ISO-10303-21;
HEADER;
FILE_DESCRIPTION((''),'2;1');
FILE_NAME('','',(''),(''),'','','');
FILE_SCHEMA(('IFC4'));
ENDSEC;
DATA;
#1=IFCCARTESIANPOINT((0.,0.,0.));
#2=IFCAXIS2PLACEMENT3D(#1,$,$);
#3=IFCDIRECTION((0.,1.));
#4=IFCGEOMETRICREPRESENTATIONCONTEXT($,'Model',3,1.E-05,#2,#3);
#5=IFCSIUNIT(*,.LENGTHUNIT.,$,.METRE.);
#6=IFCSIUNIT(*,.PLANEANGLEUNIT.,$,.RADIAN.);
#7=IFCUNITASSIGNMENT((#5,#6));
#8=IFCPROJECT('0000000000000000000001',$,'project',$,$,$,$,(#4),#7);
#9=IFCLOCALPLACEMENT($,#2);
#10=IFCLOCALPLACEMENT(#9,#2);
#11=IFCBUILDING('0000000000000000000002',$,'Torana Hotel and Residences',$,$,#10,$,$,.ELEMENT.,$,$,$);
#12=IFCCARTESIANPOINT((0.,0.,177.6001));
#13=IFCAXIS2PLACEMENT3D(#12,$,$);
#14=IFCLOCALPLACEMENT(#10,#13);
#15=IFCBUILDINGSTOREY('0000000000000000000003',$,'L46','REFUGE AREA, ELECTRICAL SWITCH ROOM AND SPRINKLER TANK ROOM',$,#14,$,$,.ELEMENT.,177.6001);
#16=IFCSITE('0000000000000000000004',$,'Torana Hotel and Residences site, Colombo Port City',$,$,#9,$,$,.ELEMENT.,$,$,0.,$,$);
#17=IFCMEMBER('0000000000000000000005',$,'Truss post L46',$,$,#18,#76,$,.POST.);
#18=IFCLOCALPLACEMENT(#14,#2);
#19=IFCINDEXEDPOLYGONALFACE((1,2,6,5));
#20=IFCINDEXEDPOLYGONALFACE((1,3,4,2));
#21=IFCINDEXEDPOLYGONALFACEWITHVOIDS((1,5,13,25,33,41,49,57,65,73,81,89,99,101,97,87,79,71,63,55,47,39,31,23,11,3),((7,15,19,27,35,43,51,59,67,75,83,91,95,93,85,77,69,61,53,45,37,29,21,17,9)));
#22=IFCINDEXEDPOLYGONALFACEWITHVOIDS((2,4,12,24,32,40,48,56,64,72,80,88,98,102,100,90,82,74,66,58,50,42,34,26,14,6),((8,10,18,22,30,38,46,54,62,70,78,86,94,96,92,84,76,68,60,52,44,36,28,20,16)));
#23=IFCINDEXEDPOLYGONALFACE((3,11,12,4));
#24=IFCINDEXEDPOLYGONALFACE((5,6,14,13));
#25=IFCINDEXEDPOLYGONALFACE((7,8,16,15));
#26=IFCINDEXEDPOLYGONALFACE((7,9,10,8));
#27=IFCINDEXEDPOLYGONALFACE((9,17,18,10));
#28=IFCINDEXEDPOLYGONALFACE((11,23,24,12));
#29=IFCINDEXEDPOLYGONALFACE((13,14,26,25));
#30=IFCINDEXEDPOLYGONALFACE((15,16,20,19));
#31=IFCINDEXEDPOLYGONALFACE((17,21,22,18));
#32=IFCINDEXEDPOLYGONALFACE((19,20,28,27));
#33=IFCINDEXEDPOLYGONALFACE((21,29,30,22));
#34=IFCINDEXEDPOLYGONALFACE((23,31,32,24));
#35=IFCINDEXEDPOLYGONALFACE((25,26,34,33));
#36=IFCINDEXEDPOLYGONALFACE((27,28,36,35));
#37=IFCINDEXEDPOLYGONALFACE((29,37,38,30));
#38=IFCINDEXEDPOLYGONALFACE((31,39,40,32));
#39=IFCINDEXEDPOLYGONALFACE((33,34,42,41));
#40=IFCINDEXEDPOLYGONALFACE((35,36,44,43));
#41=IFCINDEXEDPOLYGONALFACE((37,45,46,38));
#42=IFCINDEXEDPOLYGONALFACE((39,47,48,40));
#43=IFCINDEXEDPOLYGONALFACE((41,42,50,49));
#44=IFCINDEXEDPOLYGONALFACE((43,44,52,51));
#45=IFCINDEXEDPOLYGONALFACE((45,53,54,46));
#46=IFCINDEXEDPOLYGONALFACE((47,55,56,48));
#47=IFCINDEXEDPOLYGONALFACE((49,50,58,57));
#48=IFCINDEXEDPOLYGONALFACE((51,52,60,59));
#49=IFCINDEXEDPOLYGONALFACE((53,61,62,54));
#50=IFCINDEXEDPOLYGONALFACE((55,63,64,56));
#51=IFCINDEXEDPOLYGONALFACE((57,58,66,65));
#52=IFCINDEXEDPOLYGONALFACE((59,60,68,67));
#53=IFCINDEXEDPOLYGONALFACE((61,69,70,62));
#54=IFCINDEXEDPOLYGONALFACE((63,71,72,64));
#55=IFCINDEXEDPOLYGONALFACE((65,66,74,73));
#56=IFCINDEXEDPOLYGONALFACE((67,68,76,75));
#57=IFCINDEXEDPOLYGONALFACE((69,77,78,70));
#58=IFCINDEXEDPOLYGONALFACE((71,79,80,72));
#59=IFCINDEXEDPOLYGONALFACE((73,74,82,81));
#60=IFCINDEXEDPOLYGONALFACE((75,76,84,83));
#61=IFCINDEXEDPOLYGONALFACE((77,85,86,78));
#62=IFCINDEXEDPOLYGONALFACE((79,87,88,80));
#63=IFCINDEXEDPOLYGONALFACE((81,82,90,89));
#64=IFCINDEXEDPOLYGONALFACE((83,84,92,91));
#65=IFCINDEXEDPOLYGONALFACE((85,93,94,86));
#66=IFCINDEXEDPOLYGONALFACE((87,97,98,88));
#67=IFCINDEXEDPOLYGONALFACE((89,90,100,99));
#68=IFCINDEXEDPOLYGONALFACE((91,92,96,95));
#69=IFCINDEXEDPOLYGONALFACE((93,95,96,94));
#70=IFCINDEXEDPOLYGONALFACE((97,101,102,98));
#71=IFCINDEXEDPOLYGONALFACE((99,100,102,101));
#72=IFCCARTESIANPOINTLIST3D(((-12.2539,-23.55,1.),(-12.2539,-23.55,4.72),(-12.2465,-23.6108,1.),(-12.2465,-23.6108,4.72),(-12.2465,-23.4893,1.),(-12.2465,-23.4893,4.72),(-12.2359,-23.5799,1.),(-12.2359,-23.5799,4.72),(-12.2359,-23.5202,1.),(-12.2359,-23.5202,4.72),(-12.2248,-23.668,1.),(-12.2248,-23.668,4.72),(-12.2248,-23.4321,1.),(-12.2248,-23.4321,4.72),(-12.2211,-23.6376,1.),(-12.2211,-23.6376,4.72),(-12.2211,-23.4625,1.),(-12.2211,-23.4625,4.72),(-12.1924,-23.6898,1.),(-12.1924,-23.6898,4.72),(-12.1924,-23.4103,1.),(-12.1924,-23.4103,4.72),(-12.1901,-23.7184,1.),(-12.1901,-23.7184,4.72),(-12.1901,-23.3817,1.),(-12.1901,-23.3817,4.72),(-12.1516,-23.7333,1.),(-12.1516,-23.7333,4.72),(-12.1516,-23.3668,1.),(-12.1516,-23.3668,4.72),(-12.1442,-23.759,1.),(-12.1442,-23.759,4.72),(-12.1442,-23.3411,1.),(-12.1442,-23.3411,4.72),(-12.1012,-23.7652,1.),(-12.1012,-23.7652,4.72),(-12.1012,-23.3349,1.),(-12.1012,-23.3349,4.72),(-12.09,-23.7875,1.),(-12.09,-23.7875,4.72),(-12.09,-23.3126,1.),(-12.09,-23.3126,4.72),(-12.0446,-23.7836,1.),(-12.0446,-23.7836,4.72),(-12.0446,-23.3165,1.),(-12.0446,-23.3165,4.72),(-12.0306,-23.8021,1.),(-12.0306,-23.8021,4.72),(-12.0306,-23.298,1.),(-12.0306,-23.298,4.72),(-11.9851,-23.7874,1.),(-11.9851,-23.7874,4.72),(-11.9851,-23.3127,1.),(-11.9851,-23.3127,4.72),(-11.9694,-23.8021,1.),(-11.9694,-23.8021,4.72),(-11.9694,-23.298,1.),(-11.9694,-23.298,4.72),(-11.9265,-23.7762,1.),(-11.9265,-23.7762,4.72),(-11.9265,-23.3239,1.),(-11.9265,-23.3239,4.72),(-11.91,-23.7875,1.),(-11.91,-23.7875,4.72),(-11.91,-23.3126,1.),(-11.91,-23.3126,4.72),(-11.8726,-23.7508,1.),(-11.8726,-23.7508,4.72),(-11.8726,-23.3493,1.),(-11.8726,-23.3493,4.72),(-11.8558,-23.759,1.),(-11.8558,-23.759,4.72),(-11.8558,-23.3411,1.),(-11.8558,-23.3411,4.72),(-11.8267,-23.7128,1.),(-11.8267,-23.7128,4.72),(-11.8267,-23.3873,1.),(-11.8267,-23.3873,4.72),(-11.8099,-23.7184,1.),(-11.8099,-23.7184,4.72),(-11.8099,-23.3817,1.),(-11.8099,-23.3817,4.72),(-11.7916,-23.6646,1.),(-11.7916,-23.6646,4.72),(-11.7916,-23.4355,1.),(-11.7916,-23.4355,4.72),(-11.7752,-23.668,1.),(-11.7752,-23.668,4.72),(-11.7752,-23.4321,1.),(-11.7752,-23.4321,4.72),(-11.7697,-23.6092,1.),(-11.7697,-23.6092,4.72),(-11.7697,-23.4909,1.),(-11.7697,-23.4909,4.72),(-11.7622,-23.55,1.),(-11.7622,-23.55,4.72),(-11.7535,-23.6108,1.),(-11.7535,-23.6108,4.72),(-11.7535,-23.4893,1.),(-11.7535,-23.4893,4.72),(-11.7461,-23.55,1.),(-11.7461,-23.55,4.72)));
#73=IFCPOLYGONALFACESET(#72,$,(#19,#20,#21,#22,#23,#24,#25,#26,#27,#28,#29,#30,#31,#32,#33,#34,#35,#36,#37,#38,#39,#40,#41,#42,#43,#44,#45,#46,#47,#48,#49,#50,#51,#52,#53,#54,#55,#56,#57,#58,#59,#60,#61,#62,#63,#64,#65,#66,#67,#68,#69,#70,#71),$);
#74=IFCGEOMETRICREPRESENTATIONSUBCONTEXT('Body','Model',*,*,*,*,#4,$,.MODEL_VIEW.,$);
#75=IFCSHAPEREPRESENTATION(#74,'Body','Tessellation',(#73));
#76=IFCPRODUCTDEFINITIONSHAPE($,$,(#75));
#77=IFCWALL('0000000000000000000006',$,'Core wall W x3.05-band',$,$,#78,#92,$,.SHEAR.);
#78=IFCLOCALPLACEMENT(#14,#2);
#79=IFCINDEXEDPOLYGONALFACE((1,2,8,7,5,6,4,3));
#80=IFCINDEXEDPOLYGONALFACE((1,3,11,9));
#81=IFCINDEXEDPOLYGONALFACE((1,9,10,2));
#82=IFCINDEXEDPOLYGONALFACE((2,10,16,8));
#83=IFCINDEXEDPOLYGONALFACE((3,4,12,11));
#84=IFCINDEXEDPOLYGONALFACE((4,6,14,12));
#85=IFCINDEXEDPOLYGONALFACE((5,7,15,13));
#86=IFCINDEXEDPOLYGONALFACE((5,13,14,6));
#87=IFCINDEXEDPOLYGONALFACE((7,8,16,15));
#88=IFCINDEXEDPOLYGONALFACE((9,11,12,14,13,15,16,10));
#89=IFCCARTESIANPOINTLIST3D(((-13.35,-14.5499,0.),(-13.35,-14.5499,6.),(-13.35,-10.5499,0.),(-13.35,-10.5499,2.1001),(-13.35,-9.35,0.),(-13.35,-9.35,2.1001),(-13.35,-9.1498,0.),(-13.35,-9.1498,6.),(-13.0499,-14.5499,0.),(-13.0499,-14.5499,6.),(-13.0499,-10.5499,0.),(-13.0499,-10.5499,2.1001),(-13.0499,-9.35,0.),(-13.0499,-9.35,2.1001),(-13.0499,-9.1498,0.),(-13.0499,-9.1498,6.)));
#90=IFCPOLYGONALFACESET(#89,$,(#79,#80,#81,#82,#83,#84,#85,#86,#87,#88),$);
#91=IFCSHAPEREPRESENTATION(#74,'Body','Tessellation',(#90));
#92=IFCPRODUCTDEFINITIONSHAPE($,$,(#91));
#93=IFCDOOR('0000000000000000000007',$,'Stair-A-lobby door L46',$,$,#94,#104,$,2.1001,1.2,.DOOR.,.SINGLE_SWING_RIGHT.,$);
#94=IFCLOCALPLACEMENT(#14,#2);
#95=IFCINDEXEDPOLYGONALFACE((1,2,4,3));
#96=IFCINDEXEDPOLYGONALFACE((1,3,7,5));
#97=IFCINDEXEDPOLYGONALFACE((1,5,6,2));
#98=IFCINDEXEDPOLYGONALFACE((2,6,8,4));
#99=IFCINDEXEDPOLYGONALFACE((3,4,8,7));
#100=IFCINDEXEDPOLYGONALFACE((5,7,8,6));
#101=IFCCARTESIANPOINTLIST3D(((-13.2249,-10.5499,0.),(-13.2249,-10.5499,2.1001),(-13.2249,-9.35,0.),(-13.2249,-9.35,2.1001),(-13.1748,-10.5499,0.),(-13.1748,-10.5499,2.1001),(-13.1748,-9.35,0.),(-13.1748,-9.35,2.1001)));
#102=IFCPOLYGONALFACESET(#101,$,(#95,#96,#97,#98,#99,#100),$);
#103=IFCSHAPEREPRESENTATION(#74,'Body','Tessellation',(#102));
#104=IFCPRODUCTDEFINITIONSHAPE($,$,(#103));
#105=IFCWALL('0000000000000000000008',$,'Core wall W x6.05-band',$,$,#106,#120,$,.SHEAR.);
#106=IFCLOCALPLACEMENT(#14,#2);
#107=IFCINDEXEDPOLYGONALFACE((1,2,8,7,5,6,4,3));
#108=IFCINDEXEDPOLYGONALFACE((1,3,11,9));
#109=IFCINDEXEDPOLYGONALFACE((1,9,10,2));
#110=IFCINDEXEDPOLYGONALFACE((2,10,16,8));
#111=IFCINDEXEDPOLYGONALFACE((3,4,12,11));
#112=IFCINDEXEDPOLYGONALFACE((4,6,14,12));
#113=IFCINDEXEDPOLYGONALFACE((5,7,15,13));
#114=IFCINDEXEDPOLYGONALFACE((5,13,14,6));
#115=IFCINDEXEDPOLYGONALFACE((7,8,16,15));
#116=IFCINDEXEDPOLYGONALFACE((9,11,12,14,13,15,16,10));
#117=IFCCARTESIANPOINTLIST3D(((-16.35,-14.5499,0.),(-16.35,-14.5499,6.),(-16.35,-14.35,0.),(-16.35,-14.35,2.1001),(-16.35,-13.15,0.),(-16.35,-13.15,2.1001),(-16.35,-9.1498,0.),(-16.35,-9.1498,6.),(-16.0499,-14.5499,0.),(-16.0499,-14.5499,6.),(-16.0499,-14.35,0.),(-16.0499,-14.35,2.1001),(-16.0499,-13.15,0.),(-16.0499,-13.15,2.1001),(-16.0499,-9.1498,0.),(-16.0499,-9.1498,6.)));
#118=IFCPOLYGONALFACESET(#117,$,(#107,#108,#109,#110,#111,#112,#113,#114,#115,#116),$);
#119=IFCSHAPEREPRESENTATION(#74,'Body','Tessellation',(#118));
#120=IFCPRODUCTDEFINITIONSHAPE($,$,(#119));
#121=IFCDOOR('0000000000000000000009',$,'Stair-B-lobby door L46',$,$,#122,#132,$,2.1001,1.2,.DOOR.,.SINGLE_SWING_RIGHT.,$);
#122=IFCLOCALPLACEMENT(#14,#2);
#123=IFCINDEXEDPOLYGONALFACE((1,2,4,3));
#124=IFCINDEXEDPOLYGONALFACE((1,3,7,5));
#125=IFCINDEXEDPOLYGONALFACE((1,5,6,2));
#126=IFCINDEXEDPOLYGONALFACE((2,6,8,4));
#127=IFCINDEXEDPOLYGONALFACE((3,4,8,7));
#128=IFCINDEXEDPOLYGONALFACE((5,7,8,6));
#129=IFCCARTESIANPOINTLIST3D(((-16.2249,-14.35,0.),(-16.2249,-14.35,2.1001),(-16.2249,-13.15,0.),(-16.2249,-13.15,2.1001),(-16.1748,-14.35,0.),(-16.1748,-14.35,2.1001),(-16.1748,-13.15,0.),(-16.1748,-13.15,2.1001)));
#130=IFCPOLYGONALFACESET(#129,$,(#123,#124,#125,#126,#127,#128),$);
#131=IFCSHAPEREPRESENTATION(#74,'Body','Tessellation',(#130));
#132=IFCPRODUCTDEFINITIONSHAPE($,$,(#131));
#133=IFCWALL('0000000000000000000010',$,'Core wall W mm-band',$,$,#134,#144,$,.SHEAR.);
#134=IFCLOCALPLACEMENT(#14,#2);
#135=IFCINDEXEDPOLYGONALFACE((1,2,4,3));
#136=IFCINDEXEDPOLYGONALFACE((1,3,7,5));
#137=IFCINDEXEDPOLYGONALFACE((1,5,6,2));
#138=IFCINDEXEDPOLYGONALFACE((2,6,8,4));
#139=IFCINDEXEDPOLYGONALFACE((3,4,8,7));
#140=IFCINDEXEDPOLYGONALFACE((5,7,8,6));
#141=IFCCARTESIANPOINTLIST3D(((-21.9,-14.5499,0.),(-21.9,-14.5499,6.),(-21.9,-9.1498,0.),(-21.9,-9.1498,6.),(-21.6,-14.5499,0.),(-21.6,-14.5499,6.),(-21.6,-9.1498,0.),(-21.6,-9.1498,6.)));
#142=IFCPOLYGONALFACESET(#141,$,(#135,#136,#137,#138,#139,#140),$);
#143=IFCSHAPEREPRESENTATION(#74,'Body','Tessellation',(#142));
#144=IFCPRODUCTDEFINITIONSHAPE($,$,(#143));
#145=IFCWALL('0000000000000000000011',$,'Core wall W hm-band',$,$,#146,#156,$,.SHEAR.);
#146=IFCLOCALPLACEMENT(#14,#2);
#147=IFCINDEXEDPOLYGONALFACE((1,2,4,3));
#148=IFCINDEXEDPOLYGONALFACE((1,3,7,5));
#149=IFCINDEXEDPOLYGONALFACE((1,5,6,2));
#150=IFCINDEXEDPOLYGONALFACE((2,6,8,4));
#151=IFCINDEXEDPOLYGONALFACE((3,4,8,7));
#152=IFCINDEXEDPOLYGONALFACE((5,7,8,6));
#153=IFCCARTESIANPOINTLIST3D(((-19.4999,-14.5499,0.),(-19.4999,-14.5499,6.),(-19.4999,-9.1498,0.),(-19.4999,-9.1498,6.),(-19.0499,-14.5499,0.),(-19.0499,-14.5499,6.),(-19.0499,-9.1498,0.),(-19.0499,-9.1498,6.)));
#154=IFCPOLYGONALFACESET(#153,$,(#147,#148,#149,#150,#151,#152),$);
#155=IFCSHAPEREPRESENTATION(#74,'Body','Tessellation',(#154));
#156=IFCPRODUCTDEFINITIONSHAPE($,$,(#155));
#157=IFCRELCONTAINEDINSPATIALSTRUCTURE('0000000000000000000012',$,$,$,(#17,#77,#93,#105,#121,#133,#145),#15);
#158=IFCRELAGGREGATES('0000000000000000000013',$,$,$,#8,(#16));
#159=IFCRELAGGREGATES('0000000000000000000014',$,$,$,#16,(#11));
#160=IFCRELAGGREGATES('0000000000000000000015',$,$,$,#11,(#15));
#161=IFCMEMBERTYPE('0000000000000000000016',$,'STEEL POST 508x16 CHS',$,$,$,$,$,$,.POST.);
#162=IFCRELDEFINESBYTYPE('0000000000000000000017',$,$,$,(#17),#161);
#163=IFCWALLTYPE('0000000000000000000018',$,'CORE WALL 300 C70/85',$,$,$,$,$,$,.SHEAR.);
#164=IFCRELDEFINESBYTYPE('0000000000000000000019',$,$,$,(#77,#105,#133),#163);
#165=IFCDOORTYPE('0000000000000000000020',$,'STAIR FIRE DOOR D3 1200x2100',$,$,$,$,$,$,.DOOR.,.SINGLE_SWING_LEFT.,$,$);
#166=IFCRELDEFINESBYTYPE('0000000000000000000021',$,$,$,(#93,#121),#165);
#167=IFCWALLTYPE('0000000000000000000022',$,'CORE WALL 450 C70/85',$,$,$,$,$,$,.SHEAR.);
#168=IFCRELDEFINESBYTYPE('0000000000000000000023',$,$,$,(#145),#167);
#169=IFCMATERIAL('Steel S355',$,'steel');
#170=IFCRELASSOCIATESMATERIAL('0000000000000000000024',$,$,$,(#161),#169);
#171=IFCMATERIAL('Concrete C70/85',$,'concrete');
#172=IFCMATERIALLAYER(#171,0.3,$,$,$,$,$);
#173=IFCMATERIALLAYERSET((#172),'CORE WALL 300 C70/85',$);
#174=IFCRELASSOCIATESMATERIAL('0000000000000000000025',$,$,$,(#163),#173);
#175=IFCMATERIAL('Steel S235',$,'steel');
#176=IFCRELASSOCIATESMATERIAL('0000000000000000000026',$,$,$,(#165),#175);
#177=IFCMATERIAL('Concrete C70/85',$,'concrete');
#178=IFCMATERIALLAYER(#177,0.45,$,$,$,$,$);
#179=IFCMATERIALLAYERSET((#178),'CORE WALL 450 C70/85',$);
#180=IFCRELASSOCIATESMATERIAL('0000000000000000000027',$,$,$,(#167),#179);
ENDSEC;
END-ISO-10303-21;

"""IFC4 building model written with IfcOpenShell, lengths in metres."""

from ifc_helpers import new_model, si_unit, direction, frame, frame_2d, origin, origin_2d, place, context, subcontext, project, spatial, rectangle, hollow_circle, extrude, material, layer, layer_set, material_profile, profile_set, type_object, element, fill, save


model = new_model("IFC4")

# Units and contexts
model_context = context("Model", 3, precision=1e-05, world=origin(), true_north=direction((0.0, 1.0)))
body_context = subcontext(model_context, "Body", "Model", "MODEL_VIEW")
ifc_project = project(units=[si_unit("LENGTHUNIT", "METRE"), si_unit("PLANEANGLEUNIT", "RADIAN")], contexts=[model_context])

# Site, building, storey
site_placement = place(None, origin())
site = spatial("IfcSite", under=ifc_project, at=site_placement, Name="Torana Hotel and Residences site, Colombo Port City", CompositionType="ELEMENT", RefElevation=0.0)
building_placement = place(site_placement, origin())
building = spatial("IfcBuilding", under=site, at=building_placement, Name="Torana Hotel and Residences", CompositionType="ELEMENT")
storey_placement = place(building_placement, frame((0.0, 0.0, 177.6001)))
storey = spatial("IfcBuildingStorey", under=building, at=storey_placement, Name="L46", Description="REFUGE AREA, ELECTRICAL SWITCH ROOM AND SPRINKLER TANK ROOM", CompositionType="ELEMENT", Elevation=177.6001)

# Member
ifc_material_1 = material(Name="Steel S355", Category="steel")
ifc_material_profile_1 = material_profile(ifc_material_1, hollow_circle(Radius=0.2539, WallThickness=0.0161, at=origin_2d()), Name="508x16 CHS")
ifc_profile_set_1 = profile_set([ifc_material_profile_1], Name="Steel S355")
member_type_1 = type_object("IfcMemberType", Name="STEEL POST 508x16 CHS", PredefinedType="POST", material=ifc_profile_set_1)
for number, where, z_axis, x_axis, name in (
    (1, (-12.0, -23.55, 1.0), (0.0, 0.0, 1.0), (1.0, 0.0, 0.0), "Truss post L46"),
):
    element("IfcMember", number, at=place(storey_placement, frame(where, z_axis=z_axis, x_axis=x_axis)), inside=storey, type_object=member_type_1, Name=name, PredefinedType="POST", context=body_context, shape_type="SweptSolid", body=[
        extrude(hollow_circle(Radius=0.2539, WallThickness=0.0161, at=origin_2d()), origin(), (0.0, 0.0, 1.0), 3.72),
    ])

# Walls, openings, doors
ifc_material_2 = material(Name="Concrete C70/85", Category="concrete")
ifc_layer_1 = layer(ifc_material_2, 0.3)
ifc_layer_set_1 = layer_set([ifc_layer_1], Name="CORE WALL 300 C70/85")
wall_type_1 = type_object("IfcWallType", Name="CORE WALL 300 C70/85", PredefinedType="SHEAR", material=ifc_layer_set_1)
wall_1_placement = place(storey_placement, frame((-13.2, -14.55, 0.0), z_axis=(0.0, 0.0, 1.0), x_axis=(0.0, 1.0, 0.0)))
wall_1 = element("IfcWall", 2, at=wall_1_placement, inside=storey, type_object=wall_type_1, Name="Core wall W x3.05-band", PredefinedType="SHEAR", context=body_context, shape_type="SweptSolid", body=[
    extrude(rectangle(XDim=5.4001, YDim=0.3, at=frame_2d((2.7002, 0.0))), origin(), (0.0, 0.0, 1.0), 6.0),
])
opening_1_placement = place(wall_1_placement, frame((4.0, 0.0, 0.0)))
opening_1 = element("IfcOpeningElement", 3, at=opening_1_placement, cuts=wall_1, PredefinedType="OPENING", context=body_context, shape_type="SweptSolid", body=[
    extrude(rectangle(XDim=1.2, YDim=2.1001, at=frame_2d((0.6001, 1.05))), frame((0.0, 0.1599, 0.0), z_axis=(0.0, -1.0, 0.0), x_axis=(1.0, 0.0, 0.0)), (0.0, 0.0, 1.0), 0.3201),
])
ifc_material_3 = material(Name="Steel S235", Category="steel")
door_type_1 = type_object("IfcDoorType", Name="STAIR FIRE DOOR D3 1200x2100", OperationType="SINGLE_SWING_LEFT", PredefinedType="DOOR", material=ifc_material_3)
door_1_placement = place(opening_1_placement, frame((0.6001, 0.0, 0.0), z_axis=(0.0, 0.0, 1.0), x_axis=(-1.0, 0.0, 0.0)))
door_1 = element("IfcDoor", 4, at=door_1_placement, inside=storey, type_object=door_type_1, Name="Stair-A-lobby door L46", OperationType="SINGLE_SWING_RIGHT", OverallHeight=2.1001, OverallWidth=1.2, PredefinedType="DOOR", context=body_context, shape_type="SweptSolid", body=[
    extrude(rectangle(XDim=1.2, YDim=2.1001, at=frame_2d((0.0, 1.05))), frame((0.0, -0.0249, 0.0), z_axis=(0.0, 1.0, 0.0), x_axis=(-1.0, 0.0, 0.0)), (0.0, 0.0, 1.0), 0.05),
])
fill(opening_1, door_1)
wall_2_placement = place(storey_placement, frame((-16.2, -14.55, 0.0), z_axis=(0.0, 0.0, 1.0), x_axis=(0.0, 1.0, 0.0)))
wall_2 = element("IfcWall", 5, at=wall_2_placement, inside=storey, type_object=wall_type_1, Name="Core wall W x6.05-band", PredefinedType="SHEAR", context=body_context, shape_type="SweptSolid", body=[
    extrude(rectangle(XDim=5.4001, YDim=0.3, at=frame_2d((2.7002, 0.0))), origin(), (0.0, 0.0, 1.0), 6.0),
])
opening_2_placement = place(wall_2_placement, frame((0.2, 0.0, 0.0)))
opening_2 = element("IfcOpeningElement", 6, at=opening_2_placement, cuts=wall_2, PredefinedType="OPENING", context=body_context, shape_type="SweptSolid", body=[
    extrude(rectangle(XDim=1.2, YDim=2.1001, at=frame_2d((0.6001, 1.05))), frame((0.0, 0.1599, 0.0), z_axis=(0.0, -1.0, 0.0), x_axis=(1.0, 0.0, 0.0)), (0.0, 0.0, 1.0), 0.3201),
])
door_2_placement = place(opening_2_placement, origin())
door_2 = element("IfcDoor", 7, at=door_2_placement, inside=storey, type_object=door_type_1, Name="Stair-B-lobby door L46", OperationType="SINGLE_SWING_RIGHT", OverallHeight=2.1001, OverallWidth=1.2, PredefinedType="DOOR", context=body_context, shape_type="SweptSolid", body=[
    extrude(rectangle(XDim=1.2, YDim=2.1001, at=frame_2d((0.6001, 1.05))), frame((0.0, 0.0249, 0.0), z_axis=(0.0, -1.0, 0.0), x_axis=(1.0, 0.0, 0.0)), (0.0, 0.0, 1.0), 0.05),
])
fill(opening_2, door_2)

# Walls
wall_3_placement = place(storey_placement, frame((-21.75, -14.55, 0.0), z_axis=(0.0, 0.0, 1.0), x_axis=(0.0, 1.0, 0.0)))
element("IfcWall", 8, at=wall_3_placement, inside=storey, type_object=wall_type_1, Name="Core wall W mm-band", PredefinedType="SHEAR", context=body_context, shape_type="SweptSolid", body=[
    extrude(rectangle(XDim=5.4001, YDim=0.3, at=frame_2d((2.7002, 0.0))), origin(), (0.0, 0.0, 1.0), 6.0),
])
ifc_material_4 = material(Name="Concrete C70/85", Category="concrete")
ifc_layer_2 = layer(ifc_material_4, 0.45)
ifc_layer_set_2 = layer_set([ifc_layer_2], Name="CORE WALL 450 C70/85")
wall_type_2 = type_object("IfcWallType", Name="CORE WALL 450 C70/85", PredefinedType="SHEAR", material=ifc_layer_set_2)
wall_4_placement = place(storey_placement, frame((-19.2749, -14.55, 0.0), z_axis=(0.0, 0.0, 1.0), x_axis=(0.0, 1.0, 0.0)))
element("IfcWall", 9, at=wall_4_placement, inside=storey, type_object=wall_type_2, Name="Core wall W hm-band", PredefinedType="SHEAR", context=body_context, shape_type="SweptSolid", body=[
    extrude(rectangle(XDim=5.4001, YDim=0.45, at=frame_2d((2.7002, 0.0))), origin(), (0.0, 0.0, 1.0), 6.0),
])

save(model, "model.ifc")
